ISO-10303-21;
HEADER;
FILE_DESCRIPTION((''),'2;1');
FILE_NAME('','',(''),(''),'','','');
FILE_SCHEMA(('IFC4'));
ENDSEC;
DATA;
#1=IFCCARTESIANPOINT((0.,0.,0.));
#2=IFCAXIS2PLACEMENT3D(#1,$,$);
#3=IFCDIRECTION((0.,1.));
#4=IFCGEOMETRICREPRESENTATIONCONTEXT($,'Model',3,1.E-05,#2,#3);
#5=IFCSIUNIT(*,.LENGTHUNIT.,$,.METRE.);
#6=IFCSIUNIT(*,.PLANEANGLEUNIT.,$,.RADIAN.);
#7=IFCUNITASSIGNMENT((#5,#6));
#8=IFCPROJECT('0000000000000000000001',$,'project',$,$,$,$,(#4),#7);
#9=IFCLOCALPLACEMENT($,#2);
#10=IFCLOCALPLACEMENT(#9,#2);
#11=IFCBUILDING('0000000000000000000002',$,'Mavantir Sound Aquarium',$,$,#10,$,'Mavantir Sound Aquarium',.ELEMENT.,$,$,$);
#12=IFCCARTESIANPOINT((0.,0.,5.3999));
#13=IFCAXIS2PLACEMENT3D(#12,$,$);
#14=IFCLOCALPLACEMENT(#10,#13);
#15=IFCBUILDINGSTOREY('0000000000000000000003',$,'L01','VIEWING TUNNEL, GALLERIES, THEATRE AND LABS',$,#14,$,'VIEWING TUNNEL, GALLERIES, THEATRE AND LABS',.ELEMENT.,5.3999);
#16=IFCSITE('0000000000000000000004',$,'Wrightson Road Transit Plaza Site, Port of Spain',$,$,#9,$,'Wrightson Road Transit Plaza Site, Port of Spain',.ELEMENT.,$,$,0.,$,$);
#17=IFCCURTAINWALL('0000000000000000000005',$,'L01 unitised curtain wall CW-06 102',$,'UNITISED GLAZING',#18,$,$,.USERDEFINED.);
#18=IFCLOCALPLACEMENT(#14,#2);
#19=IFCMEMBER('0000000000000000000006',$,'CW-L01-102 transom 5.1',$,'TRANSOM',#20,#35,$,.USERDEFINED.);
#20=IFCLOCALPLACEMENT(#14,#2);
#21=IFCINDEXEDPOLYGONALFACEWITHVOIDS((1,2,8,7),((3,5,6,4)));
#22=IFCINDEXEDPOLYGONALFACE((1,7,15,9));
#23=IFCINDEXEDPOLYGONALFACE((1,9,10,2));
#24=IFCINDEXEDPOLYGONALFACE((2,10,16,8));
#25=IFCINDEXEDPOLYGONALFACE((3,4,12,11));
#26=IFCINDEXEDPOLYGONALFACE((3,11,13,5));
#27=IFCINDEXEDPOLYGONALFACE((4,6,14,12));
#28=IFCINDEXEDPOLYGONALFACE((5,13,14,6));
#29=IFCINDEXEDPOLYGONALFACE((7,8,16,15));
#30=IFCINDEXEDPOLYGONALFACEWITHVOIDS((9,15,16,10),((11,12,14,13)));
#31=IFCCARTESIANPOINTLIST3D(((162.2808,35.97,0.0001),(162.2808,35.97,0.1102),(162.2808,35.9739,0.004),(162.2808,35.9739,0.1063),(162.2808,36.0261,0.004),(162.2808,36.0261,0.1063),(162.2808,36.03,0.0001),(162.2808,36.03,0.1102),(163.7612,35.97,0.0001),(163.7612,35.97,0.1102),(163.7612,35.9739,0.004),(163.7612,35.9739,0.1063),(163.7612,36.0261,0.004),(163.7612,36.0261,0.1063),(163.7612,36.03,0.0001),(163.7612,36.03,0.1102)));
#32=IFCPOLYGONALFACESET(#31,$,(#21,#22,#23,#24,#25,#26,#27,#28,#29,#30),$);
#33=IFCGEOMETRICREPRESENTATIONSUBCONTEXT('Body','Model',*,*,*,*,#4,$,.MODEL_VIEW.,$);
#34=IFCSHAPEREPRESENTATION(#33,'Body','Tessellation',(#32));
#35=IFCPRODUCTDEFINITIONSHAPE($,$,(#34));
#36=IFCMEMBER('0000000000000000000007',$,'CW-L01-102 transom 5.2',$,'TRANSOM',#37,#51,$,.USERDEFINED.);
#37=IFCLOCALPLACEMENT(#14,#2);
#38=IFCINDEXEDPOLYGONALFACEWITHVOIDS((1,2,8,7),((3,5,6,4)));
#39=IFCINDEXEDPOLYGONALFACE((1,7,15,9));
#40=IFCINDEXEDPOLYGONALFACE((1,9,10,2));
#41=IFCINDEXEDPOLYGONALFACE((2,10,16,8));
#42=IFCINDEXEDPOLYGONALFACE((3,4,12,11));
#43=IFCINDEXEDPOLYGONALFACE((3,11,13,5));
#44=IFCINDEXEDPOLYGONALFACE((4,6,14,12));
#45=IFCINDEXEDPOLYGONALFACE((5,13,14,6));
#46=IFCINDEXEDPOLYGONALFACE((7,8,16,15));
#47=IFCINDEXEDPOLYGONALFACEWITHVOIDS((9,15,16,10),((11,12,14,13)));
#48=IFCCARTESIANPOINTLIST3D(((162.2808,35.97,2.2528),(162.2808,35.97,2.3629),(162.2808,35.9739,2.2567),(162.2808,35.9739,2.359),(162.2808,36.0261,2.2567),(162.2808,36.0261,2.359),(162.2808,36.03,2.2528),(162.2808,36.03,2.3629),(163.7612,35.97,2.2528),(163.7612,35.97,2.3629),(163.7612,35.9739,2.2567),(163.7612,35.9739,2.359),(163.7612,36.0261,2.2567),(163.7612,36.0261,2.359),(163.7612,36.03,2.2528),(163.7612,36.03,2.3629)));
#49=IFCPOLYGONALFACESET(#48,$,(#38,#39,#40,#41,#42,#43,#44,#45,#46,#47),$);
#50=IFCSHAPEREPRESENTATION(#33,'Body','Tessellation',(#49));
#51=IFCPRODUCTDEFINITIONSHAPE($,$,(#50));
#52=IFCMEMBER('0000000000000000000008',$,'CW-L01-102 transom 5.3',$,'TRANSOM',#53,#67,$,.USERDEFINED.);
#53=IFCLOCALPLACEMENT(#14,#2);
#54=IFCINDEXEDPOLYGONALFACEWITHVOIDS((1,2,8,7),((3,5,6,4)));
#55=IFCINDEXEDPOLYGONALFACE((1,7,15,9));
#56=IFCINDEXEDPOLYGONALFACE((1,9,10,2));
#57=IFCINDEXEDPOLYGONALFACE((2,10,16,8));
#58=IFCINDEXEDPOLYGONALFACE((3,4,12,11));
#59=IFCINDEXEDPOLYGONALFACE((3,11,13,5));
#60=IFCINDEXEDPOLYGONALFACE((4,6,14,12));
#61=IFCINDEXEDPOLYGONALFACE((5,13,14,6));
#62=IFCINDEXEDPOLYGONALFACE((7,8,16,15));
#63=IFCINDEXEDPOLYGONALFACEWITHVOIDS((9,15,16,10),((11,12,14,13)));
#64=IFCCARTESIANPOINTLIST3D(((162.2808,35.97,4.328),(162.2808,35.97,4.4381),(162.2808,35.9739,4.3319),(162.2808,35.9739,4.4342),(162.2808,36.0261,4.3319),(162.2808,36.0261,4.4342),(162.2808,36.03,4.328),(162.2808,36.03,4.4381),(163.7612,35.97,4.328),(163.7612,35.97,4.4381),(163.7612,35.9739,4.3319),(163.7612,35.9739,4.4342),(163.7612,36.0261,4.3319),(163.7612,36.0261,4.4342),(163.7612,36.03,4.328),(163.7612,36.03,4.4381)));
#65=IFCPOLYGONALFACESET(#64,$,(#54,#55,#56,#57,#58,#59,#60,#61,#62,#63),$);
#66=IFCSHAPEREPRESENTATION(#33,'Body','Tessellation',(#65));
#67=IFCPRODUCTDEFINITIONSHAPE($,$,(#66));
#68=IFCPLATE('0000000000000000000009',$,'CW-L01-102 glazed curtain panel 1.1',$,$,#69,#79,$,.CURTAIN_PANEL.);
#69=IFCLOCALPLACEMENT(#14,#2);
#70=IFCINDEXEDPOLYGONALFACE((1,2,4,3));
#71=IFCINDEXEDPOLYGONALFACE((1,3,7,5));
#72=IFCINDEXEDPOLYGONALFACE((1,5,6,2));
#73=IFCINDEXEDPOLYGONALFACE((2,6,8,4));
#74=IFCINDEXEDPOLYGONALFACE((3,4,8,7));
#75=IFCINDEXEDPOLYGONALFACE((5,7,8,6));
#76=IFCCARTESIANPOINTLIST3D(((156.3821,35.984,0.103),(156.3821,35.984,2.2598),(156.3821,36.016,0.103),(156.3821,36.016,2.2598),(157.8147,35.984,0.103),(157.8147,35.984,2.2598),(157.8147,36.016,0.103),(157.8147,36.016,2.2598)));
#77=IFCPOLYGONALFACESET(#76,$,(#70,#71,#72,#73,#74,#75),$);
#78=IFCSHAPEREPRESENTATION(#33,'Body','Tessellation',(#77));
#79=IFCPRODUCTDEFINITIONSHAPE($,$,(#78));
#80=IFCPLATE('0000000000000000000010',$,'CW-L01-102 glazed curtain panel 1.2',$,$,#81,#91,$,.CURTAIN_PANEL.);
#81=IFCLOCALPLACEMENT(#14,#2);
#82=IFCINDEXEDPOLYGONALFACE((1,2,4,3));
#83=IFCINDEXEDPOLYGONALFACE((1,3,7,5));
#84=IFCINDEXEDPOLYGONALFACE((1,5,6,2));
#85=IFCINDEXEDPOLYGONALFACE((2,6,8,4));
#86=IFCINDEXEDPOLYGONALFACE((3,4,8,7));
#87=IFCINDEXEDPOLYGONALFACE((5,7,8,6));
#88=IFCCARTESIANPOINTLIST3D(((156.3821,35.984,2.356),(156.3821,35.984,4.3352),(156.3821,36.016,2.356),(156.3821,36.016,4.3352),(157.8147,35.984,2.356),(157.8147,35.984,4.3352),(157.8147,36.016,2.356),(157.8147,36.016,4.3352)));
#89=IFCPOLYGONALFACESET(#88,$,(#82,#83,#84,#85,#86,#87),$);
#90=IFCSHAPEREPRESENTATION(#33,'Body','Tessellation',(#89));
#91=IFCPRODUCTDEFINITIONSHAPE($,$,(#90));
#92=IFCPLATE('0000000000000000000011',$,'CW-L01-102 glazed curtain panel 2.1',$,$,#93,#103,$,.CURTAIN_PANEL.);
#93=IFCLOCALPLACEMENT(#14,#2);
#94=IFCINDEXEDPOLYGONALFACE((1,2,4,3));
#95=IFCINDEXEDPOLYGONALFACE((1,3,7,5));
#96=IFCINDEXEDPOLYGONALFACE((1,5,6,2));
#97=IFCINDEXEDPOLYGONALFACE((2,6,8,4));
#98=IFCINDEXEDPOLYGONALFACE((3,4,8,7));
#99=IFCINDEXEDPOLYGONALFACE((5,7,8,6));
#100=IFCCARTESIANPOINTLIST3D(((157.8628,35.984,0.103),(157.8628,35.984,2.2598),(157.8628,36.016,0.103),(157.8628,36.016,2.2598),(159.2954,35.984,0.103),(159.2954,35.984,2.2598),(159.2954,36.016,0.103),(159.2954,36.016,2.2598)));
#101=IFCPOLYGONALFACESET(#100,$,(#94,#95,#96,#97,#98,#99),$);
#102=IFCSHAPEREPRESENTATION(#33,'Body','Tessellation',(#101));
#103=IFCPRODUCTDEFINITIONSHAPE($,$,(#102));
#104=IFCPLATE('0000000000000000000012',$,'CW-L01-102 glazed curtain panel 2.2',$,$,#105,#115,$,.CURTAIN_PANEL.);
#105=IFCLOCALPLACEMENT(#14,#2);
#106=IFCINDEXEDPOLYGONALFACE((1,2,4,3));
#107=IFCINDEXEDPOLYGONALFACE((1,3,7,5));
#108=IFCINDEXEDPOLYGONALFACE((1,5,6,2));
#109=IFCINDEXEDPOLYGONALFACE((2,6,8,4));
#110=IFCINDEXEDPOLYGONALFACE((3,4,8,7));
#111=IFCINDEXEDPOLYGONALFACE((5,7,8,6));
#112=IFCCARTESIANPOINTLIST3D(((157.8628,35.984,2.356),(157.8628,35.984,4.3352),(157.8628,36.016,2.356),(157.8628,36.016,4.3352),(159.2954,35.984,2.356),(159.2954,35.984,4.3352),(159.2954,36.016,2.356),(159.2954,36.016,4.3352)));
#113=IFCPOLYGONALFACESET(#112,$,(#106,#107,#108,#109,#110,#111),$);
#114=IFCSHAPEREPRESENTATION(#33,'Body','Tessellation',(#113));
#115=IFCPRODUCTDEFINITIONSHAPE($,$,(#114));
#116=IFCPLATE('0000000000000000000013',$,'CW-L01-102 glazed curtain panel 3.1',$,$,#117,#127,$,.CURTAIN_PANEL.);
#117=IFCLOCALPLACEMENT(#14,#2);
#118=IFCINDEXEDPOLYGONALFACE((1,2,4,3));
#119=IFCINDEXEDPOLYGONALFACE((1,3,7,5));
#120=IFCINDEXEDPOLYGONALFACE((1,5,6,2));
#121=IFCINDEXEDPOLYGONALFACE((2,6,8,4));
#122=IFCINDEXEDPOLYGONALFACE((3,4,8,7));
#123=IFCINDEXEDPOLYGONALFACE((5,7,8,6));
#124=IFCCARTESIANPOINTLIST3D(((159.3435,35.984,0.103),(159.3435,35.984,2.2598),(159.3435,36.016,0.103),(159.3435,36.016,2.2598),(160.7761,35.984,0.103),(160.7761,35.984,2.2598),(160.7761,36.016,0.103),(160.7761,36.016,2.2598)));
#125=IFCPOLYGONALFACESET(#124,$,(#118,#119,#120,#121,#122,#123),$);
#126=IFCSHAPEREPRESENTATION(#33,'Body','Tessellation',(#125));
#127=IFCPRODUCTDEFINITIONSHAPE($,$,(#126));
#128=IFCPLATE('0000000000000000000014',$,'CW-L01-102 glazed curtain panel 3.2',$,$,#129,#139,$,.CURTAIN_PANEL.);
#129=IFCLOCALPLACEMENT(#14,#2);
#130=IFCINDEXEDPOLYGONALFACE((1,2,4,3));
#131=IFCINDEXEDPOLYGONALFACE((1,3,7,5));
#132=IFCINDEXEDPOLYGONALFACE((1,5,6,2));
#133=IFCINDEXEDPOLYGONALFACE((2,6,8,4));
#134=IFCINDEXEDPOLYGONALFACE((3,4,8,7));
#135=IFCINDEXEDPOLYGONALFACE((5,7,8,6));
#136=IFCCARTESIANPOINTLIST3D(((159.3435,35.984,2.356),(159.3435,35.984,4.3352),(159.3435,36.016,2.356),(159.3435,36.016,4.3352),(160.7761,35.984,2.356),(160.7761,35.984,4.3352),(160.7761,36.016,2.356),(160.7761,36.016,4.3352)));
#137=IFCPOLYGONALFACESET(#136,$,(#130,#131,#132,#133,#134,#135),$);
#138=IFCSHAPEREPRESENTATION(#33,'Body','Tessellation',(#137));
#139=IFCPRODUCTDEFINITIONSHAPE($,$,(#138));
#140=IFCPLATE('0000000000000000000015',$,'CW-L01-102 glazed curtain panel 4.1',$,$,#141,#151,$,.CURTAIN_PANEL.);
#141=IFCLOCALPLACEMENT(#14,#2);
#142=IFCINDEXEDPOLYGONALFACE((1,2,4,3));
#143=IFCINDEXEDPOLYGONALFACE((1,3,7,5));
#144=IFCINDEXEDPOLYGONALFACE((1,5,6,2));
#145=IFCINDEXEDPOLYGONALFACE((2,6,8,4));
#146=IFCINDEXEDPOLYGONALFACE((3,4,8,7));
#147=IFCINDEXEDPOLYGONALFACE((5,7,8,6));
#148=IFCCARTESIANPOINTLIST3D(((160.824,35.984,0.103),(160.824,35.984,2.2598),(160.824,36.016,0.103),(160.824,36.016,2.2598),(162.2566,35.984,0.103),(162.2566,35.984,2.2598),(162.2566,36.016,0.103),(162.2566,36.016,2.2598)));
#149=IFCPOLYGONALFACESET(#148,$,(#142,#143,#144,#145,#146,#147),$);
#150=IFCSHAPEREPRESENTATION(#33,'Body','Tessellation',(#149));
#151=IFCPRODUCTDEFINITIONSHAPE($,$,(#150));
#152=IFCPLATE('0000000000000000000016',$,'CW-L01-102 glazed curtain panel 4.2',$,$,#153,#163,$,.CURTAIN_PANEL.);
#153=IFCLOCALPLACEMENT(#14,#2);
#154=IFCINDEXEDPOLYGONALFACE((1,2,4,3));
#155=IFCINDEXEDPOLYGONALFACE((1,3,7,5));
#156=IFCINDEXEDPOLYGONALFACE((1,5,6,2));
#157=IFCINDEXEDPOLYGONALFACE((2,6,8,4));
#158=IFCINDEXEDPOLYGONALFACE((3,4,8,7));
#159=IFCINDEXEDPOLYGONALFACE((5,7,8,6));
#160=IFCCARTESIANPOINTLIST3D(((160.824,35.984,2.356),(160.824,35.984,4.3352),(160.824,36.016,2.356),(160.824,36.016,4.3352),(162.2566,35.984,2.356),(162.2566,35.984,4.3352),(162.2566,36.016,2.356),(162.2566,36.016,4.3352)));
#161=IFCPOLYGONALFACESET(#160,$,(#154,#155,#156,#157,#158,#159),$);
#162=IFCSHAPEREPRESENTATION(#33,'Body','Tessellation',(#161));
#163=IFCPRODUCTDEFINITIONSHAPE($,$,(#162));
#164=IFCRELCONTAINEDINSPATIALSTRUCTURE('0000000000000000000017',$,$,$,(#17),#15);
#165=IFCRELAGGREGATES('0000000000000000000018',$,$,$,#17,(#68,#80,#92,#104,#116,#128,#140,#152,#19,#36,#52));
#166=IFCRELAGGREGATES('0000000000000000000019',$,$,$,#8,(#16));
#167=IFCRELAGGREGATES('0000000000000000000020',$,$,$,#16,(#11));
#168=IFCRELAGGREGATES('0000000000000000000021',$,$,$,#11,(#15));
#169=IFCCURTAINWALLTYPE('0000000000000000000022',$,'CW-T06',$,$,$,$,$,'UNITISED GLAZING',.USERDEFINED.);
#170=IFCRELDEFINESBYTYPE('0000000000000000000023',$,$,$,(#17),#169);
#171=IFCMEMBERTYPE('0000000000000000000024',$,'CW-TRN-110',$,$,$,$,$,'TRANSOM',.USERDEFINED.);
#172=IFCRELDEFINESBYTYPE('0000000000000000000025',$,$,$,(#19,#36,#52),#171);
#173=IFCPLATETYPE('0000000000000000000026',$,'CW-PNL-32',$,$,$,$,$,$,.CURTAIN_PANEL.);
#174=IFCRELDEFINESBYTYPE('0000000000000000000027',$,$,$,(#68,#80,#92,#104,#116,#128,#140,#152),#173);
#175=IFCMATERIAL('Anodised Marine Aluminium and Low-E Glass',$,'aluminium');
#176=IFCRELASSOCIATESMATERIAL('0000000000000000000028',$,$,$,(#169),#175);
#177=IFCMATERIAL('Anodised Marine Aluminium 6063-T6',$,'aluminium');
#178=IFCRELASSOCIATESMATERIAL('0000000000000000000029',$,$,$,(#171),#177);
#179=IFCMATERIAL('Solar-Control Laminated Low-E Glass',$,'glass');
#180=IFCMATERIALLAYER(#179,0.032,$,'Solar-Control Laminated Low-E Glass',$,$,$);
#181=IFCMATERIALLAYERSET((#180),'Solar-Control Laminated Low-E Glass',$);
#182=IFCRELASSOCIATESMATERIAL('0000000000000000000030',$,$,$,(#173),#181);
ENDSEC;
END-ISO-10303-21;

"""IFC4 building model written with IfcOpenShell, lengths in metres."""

from ifc_helpers import new_model, si_unit, direction, frame, origin, origin_2d, place, context, subcontext, project, spatial, rectangle, hollow_rectangle, extrude, material, layer, layer_set, material_profile, profile_set, type_object, element, aggregate, save


model = new_model("IFC4")

# Units and contexts
model_context = context("Model", 3, precision=1e-05, world=origin(), true_north=direction((0.0, 1.0)))
body_context = subcontext(model_context, "Body", "Model", "MODEL_VIEW")
ifc_project = project(units=[si_unit("LENGTHUNIT", "METRE"), si_unit("PLANEANGLEUNIT", "RADIAN")], contexts=[model_context])

# Site, building, storey
site_placement = place(None, origin())
site = spatial("IfcSite", under=ifc_project, at=site_placement, Name="Wrightson Road Transit Plaza Site, Port of Spain", LongName="Wrightson Road Transit Plaza Site, Port of Spain", CompositionType="ELEMENT", RefElevation=0.0)
building_placement = place(site_placement, origin())
building = spatial("IfcBuilding", under=site, at=building_placement, Name="Mavantir Sound Aquarium", LongName="Mavantir Sound Aquarium", CompositionType="ELEMENT")
storey_placement = place(building_placement, frame((0.0, 0.0, 5.3999)))
storey = spatial("IfcBuildingStorey", under=building, at=storey_placement, Name="L01", Description="VIEWING TUNNEL, GALLERIES, THEATRE AND LABS", LongName="VIEWING TUNNEL, GALLERIES, THEATRE AND LABS", CompositionType="ELEMENT", Elevation=5.3999)

# Shared definitions
ifc_material_1 = material(Name="Anodised Marine Aluminium and Low-E Glass", Category="aluminium")
ifc_material_2 = material(Name="Anodised Marine Aluminium 6063-T6", Category="aluminium")

# Curtain wall, members, plates
curtain_wall_type_1 = type_object("IfcCurtainWallType", Name="CW-T06", ElementType="UNITISED GLAZING", PredefinedType="USERDEFINED", material=ifc_material_1)
curtain_wall_1_placement = place(storey_placement, origin())
curtain_wall_1 = element("IfcCurtainWall", 1, at=curtain_wall_1_placement, inside=storey, type_object=curtain_wall_type_1, Name="L01 unitised curtain wall CW-06 102", ObjectType="UNITISED GLAZING", PredefinedType="USERDEFINED")
ifc_material_profile_1 = material_profile(ifc_material_2, hollow_rectangle(XDim=0.0601, YDim=0.1101, WallThickness=0.0039, at=origin_2d()), Name="ALU-TRANSOM-110X60")
ifc_profile_set_1 = profile_set([ifc_material_profile_1], Name="Anodised Marine Aluminium 6063-T6")
member_type_1 = type_object("IfcMemberType", Name="CW-TRN-110", ElementType="TRANSOM", PredefinedType="USERDEFINED", material=ifc_profile_set_1)
member_1_placement = place(storey_placement, frame((162.2808, 36.0, 0.0552), z_axis=(1.0, 0.0, 0.0), x_axis=(0.0, 1.0, 0.0)))
member_1 = element("IfcMember", 2, at=member_1_placement, type_object=member_type_1, Name="CW-L01-102 transom 5.1", ObjectType="TRANSOM", PredefinedType="USERDEFINED", context=body_context, shape_type="SweptSolid", body=[
    extrude(hollow_rectangle(XDim=0.0601, YDim=0.1101, WallThickness=0.0039, at=origin_2d()), origin(), (0.0, 0.0, 1.0), 1.4805),
])
member_2_placement = place(storey_placement, frame((162.2808, 36.0, 2.3079), z_axis=(1.0, 0.0, 0.0), x_axis=(0.0, 1.0, 0.0)))
member_2 = element("IfcMember", 3, at=member_2_placement, type_object=member_type_1, Name="CW-L01-102 transom 5.2", ObjectType="TRANSOM", PredefinedType="USERDEFINED", context=body_context, shape_type="SweptSolid", body=[
    extrude(hollow_rectangle(XDim=0.0601, YDim=0.1101, WallThickness=0.0039, at=origin_2d()), origin(), (0.0, 0.0, 1.0), 1.4805),
])
member_3_placement = place(storey_placement, frame((162.2808, 36.0, 4.3831), z_axis=(1.0, 0.0, 0.0), x_axis=(0.0, 1.0, 0.0)))
member_3 = element("IfcMember", 4, at=member_3_placement, type_object=member_type_1, Name="CW-L01-102 transom 5.3", ObjectType="TRANSOM", PredefinedType="USERDEFINED", context=body_context, shape_type="SweptSolid", body=[
    extrude(hollow_rectangle(XDim=0.0601, YDim=0.1101, WallThickness=0.0039, at=origin_2d()), origin(), (0.0, 0.0, 1.0), 1.4805),
])
ifc_material_3 = material(Name="Solar-Control Laminated Low-E Glass", Category="glass")
ifc_layer = layer(ifc_material_3, 0.032, Name="Solar-Control Laminated Low-E Glass")
ifc_layer_set = layer_set([ifc_layer], Name="Solar-Control Laminated Low-E Glass")
plate_type = type_object("IfcPlateType", Name="CW-PNL-32", PredefinedType="CURTAIN_PANEL", material=ifc_layer_set)
plate_1_placement = place(storey_placement, frame((157.0984, 36.0, 0.103), z_axis=(0.0, 0.0, 1.0), x_axis=(1.0, 0.0, 0.0)))
plate_1 = element("IfcPlate", 5, at=plate_1_placement, type_object=plate_type, Name="CW-L01-102 glazed curtain panel 1.1", PredefinedType="CURTAIN_PANEL", context=body_context, shape_type="SweptSolid", body=[
    extrude(rectangle(XDim=1.4326, YDim=0.032, at=origin_2d()), origin(), (0.0, 0.0, 1.0), 2.1567),
])
plate_2_placement = place(storey_placement, frame((157.0984, 36.0, 2.356), z_axis=(0.0, 0.0, 1.0), x_axis=(1.0, 0.0, 0.0)))
plate_2 = element("IfcPlate", 6, at=plate_2_placement, type_object=plate_type, Name="CW-L01-102 glazed curtain panel 1.2", PredefinedType="CURTAIN_PANEL", context=body_context, shape_type="SweptSolid", body=[
    extrude(rectangle(XDim=1.4326, YDim=0.032, at=origin_2d()), origin(), (0.0, 0.0, 1.0), 1.9792),
])
plate_3_placement = place(storey_placement, frame((158.5791, 36.0, 0.103), z_axis=(0.0, 0.0, 1.0), x_axis=(1.0, 0.0, 0.0)))
plate_3 = element("IfcPlate", 7, at=plate_3_placement, type_object=plate_type, Name="CW-L01-102 glazed curtain panel 2.1", PredefinedType="CURTAIN_PANEL", context=body_context, shape_type="SweptSolid", body=[
    extrude(rectangle(XDim=1.4326, YDim=0.032, at=origin_2d()), origin(), (0.0, 0.0, 1.0), 2.1567),
])
plate_4_placement = place(storey_placement, frame((158.5791, 36.0, 2.356), z_axis=(0.0, 0.0, 1.0), x_axis=(1.0, 0.0, 0.0)))
plate_4 = element("IfcPlate", 8, at=plate_4_placement, type_object=plate_type, Name="CW-L01-102 glazed curtain panel 2.2", PredefinedType="CURTAIN_PANEL", context=body_context, shape_type="SweptSolid", body=[
    extrude(rectangle(XDim=1.4326, YDim=0.032, at=origin_2d()), origin(), (0.0, 0.0, 1.0), 1.9792),
])
plate_5_placement = place(storey_placement, frame((160.0598, 36.0, 0.103), z_axis=(0.0, 0.0, 1.0), x_axis=(1.0, 0.0, 0.0)))
plate_5 = element("IfcPlate", 9, at=plate_5_placement, type_object=plate_type, Name="CW-L01-102 glazed curtain panel 3.1", PredefinedType="CURTAIN_PANEL", context=body_context, shape_type="SweptSolid", body=[
    extrude(rectangle(XDim=1.4326, YDim=0.032, at=origin_2d()), origin(), (0.0, 0.0, 1.0), 2.1567),
])
plate_6_placement = place(storey_placement, frame((160.0598, 36.0, 2.356), z_axis=(0.0, 0.0, 1.0), x_axis=(1.0, 0.0, 0.0)))
plate_6 = element("IfcPlate", 10, at=plate_6_placement, type_object=plate_type, Name="CW-L01-102 glazed curtain panel 3.2", PredefinedType="CURTAIN_PANEL", context=body_context, shape_type="SweptSolid", body=[
    extrude(rectangle(XDim=1.4326, YDim=0.032, at=origin_2d()), origin(), (0.0, 0.0, 1.0), 1.9792),
])
plate_7_placement = place(storey_placement, frame((161.5403, 36.0, 0.103), z_axis=(0.0, 0.0, 1.0), x_axis=(1.0, 0.0, 0.0)))
plate_7 = element("IfcPlate", 11, at=plate_7_placement, type_object=plate_type, Name="CW-L01-102 glazed curtain panel 4.1", PredefinedType="CURTAIN_PANEL", context=body_context, shape_type="SweptSolid", body=[
    extrude(rectangle(XDim=1.4326, YDim=0.032, at=origin_2d()), origin(), (0.0, 0.0, 1.0), 2.1567),
])
plate_8_placement = place(storey_placement, frame((161.5403, 36.0, 2.356), z_axis=(0.0, 0.0, 1.0), x_axis=(1.0, 0.0, 0.0)))
plate_8 = element("IfcPlate", 12, at=plate_8_placement, type_object=plate_type, Name="CW-L01-102 glazed curtain panel 4.2", PredefinedType="CURTAIN_PANEL", context=body_context, shape_type="SweptSolid", body=[
    extrude(rectangle(XDim=1.4326, YDim=0.032, at=origin_2d()), origin(), (0.0, 0.0, 1.0), 1.9792),
])
aggregate(curtain_wall_1, [plate_1, plate_2, plate_3, plate_4, plate_5, plate_6, plate_7, plate_8, member_1, member_2, member_3])

save(model, "model.ifc")
